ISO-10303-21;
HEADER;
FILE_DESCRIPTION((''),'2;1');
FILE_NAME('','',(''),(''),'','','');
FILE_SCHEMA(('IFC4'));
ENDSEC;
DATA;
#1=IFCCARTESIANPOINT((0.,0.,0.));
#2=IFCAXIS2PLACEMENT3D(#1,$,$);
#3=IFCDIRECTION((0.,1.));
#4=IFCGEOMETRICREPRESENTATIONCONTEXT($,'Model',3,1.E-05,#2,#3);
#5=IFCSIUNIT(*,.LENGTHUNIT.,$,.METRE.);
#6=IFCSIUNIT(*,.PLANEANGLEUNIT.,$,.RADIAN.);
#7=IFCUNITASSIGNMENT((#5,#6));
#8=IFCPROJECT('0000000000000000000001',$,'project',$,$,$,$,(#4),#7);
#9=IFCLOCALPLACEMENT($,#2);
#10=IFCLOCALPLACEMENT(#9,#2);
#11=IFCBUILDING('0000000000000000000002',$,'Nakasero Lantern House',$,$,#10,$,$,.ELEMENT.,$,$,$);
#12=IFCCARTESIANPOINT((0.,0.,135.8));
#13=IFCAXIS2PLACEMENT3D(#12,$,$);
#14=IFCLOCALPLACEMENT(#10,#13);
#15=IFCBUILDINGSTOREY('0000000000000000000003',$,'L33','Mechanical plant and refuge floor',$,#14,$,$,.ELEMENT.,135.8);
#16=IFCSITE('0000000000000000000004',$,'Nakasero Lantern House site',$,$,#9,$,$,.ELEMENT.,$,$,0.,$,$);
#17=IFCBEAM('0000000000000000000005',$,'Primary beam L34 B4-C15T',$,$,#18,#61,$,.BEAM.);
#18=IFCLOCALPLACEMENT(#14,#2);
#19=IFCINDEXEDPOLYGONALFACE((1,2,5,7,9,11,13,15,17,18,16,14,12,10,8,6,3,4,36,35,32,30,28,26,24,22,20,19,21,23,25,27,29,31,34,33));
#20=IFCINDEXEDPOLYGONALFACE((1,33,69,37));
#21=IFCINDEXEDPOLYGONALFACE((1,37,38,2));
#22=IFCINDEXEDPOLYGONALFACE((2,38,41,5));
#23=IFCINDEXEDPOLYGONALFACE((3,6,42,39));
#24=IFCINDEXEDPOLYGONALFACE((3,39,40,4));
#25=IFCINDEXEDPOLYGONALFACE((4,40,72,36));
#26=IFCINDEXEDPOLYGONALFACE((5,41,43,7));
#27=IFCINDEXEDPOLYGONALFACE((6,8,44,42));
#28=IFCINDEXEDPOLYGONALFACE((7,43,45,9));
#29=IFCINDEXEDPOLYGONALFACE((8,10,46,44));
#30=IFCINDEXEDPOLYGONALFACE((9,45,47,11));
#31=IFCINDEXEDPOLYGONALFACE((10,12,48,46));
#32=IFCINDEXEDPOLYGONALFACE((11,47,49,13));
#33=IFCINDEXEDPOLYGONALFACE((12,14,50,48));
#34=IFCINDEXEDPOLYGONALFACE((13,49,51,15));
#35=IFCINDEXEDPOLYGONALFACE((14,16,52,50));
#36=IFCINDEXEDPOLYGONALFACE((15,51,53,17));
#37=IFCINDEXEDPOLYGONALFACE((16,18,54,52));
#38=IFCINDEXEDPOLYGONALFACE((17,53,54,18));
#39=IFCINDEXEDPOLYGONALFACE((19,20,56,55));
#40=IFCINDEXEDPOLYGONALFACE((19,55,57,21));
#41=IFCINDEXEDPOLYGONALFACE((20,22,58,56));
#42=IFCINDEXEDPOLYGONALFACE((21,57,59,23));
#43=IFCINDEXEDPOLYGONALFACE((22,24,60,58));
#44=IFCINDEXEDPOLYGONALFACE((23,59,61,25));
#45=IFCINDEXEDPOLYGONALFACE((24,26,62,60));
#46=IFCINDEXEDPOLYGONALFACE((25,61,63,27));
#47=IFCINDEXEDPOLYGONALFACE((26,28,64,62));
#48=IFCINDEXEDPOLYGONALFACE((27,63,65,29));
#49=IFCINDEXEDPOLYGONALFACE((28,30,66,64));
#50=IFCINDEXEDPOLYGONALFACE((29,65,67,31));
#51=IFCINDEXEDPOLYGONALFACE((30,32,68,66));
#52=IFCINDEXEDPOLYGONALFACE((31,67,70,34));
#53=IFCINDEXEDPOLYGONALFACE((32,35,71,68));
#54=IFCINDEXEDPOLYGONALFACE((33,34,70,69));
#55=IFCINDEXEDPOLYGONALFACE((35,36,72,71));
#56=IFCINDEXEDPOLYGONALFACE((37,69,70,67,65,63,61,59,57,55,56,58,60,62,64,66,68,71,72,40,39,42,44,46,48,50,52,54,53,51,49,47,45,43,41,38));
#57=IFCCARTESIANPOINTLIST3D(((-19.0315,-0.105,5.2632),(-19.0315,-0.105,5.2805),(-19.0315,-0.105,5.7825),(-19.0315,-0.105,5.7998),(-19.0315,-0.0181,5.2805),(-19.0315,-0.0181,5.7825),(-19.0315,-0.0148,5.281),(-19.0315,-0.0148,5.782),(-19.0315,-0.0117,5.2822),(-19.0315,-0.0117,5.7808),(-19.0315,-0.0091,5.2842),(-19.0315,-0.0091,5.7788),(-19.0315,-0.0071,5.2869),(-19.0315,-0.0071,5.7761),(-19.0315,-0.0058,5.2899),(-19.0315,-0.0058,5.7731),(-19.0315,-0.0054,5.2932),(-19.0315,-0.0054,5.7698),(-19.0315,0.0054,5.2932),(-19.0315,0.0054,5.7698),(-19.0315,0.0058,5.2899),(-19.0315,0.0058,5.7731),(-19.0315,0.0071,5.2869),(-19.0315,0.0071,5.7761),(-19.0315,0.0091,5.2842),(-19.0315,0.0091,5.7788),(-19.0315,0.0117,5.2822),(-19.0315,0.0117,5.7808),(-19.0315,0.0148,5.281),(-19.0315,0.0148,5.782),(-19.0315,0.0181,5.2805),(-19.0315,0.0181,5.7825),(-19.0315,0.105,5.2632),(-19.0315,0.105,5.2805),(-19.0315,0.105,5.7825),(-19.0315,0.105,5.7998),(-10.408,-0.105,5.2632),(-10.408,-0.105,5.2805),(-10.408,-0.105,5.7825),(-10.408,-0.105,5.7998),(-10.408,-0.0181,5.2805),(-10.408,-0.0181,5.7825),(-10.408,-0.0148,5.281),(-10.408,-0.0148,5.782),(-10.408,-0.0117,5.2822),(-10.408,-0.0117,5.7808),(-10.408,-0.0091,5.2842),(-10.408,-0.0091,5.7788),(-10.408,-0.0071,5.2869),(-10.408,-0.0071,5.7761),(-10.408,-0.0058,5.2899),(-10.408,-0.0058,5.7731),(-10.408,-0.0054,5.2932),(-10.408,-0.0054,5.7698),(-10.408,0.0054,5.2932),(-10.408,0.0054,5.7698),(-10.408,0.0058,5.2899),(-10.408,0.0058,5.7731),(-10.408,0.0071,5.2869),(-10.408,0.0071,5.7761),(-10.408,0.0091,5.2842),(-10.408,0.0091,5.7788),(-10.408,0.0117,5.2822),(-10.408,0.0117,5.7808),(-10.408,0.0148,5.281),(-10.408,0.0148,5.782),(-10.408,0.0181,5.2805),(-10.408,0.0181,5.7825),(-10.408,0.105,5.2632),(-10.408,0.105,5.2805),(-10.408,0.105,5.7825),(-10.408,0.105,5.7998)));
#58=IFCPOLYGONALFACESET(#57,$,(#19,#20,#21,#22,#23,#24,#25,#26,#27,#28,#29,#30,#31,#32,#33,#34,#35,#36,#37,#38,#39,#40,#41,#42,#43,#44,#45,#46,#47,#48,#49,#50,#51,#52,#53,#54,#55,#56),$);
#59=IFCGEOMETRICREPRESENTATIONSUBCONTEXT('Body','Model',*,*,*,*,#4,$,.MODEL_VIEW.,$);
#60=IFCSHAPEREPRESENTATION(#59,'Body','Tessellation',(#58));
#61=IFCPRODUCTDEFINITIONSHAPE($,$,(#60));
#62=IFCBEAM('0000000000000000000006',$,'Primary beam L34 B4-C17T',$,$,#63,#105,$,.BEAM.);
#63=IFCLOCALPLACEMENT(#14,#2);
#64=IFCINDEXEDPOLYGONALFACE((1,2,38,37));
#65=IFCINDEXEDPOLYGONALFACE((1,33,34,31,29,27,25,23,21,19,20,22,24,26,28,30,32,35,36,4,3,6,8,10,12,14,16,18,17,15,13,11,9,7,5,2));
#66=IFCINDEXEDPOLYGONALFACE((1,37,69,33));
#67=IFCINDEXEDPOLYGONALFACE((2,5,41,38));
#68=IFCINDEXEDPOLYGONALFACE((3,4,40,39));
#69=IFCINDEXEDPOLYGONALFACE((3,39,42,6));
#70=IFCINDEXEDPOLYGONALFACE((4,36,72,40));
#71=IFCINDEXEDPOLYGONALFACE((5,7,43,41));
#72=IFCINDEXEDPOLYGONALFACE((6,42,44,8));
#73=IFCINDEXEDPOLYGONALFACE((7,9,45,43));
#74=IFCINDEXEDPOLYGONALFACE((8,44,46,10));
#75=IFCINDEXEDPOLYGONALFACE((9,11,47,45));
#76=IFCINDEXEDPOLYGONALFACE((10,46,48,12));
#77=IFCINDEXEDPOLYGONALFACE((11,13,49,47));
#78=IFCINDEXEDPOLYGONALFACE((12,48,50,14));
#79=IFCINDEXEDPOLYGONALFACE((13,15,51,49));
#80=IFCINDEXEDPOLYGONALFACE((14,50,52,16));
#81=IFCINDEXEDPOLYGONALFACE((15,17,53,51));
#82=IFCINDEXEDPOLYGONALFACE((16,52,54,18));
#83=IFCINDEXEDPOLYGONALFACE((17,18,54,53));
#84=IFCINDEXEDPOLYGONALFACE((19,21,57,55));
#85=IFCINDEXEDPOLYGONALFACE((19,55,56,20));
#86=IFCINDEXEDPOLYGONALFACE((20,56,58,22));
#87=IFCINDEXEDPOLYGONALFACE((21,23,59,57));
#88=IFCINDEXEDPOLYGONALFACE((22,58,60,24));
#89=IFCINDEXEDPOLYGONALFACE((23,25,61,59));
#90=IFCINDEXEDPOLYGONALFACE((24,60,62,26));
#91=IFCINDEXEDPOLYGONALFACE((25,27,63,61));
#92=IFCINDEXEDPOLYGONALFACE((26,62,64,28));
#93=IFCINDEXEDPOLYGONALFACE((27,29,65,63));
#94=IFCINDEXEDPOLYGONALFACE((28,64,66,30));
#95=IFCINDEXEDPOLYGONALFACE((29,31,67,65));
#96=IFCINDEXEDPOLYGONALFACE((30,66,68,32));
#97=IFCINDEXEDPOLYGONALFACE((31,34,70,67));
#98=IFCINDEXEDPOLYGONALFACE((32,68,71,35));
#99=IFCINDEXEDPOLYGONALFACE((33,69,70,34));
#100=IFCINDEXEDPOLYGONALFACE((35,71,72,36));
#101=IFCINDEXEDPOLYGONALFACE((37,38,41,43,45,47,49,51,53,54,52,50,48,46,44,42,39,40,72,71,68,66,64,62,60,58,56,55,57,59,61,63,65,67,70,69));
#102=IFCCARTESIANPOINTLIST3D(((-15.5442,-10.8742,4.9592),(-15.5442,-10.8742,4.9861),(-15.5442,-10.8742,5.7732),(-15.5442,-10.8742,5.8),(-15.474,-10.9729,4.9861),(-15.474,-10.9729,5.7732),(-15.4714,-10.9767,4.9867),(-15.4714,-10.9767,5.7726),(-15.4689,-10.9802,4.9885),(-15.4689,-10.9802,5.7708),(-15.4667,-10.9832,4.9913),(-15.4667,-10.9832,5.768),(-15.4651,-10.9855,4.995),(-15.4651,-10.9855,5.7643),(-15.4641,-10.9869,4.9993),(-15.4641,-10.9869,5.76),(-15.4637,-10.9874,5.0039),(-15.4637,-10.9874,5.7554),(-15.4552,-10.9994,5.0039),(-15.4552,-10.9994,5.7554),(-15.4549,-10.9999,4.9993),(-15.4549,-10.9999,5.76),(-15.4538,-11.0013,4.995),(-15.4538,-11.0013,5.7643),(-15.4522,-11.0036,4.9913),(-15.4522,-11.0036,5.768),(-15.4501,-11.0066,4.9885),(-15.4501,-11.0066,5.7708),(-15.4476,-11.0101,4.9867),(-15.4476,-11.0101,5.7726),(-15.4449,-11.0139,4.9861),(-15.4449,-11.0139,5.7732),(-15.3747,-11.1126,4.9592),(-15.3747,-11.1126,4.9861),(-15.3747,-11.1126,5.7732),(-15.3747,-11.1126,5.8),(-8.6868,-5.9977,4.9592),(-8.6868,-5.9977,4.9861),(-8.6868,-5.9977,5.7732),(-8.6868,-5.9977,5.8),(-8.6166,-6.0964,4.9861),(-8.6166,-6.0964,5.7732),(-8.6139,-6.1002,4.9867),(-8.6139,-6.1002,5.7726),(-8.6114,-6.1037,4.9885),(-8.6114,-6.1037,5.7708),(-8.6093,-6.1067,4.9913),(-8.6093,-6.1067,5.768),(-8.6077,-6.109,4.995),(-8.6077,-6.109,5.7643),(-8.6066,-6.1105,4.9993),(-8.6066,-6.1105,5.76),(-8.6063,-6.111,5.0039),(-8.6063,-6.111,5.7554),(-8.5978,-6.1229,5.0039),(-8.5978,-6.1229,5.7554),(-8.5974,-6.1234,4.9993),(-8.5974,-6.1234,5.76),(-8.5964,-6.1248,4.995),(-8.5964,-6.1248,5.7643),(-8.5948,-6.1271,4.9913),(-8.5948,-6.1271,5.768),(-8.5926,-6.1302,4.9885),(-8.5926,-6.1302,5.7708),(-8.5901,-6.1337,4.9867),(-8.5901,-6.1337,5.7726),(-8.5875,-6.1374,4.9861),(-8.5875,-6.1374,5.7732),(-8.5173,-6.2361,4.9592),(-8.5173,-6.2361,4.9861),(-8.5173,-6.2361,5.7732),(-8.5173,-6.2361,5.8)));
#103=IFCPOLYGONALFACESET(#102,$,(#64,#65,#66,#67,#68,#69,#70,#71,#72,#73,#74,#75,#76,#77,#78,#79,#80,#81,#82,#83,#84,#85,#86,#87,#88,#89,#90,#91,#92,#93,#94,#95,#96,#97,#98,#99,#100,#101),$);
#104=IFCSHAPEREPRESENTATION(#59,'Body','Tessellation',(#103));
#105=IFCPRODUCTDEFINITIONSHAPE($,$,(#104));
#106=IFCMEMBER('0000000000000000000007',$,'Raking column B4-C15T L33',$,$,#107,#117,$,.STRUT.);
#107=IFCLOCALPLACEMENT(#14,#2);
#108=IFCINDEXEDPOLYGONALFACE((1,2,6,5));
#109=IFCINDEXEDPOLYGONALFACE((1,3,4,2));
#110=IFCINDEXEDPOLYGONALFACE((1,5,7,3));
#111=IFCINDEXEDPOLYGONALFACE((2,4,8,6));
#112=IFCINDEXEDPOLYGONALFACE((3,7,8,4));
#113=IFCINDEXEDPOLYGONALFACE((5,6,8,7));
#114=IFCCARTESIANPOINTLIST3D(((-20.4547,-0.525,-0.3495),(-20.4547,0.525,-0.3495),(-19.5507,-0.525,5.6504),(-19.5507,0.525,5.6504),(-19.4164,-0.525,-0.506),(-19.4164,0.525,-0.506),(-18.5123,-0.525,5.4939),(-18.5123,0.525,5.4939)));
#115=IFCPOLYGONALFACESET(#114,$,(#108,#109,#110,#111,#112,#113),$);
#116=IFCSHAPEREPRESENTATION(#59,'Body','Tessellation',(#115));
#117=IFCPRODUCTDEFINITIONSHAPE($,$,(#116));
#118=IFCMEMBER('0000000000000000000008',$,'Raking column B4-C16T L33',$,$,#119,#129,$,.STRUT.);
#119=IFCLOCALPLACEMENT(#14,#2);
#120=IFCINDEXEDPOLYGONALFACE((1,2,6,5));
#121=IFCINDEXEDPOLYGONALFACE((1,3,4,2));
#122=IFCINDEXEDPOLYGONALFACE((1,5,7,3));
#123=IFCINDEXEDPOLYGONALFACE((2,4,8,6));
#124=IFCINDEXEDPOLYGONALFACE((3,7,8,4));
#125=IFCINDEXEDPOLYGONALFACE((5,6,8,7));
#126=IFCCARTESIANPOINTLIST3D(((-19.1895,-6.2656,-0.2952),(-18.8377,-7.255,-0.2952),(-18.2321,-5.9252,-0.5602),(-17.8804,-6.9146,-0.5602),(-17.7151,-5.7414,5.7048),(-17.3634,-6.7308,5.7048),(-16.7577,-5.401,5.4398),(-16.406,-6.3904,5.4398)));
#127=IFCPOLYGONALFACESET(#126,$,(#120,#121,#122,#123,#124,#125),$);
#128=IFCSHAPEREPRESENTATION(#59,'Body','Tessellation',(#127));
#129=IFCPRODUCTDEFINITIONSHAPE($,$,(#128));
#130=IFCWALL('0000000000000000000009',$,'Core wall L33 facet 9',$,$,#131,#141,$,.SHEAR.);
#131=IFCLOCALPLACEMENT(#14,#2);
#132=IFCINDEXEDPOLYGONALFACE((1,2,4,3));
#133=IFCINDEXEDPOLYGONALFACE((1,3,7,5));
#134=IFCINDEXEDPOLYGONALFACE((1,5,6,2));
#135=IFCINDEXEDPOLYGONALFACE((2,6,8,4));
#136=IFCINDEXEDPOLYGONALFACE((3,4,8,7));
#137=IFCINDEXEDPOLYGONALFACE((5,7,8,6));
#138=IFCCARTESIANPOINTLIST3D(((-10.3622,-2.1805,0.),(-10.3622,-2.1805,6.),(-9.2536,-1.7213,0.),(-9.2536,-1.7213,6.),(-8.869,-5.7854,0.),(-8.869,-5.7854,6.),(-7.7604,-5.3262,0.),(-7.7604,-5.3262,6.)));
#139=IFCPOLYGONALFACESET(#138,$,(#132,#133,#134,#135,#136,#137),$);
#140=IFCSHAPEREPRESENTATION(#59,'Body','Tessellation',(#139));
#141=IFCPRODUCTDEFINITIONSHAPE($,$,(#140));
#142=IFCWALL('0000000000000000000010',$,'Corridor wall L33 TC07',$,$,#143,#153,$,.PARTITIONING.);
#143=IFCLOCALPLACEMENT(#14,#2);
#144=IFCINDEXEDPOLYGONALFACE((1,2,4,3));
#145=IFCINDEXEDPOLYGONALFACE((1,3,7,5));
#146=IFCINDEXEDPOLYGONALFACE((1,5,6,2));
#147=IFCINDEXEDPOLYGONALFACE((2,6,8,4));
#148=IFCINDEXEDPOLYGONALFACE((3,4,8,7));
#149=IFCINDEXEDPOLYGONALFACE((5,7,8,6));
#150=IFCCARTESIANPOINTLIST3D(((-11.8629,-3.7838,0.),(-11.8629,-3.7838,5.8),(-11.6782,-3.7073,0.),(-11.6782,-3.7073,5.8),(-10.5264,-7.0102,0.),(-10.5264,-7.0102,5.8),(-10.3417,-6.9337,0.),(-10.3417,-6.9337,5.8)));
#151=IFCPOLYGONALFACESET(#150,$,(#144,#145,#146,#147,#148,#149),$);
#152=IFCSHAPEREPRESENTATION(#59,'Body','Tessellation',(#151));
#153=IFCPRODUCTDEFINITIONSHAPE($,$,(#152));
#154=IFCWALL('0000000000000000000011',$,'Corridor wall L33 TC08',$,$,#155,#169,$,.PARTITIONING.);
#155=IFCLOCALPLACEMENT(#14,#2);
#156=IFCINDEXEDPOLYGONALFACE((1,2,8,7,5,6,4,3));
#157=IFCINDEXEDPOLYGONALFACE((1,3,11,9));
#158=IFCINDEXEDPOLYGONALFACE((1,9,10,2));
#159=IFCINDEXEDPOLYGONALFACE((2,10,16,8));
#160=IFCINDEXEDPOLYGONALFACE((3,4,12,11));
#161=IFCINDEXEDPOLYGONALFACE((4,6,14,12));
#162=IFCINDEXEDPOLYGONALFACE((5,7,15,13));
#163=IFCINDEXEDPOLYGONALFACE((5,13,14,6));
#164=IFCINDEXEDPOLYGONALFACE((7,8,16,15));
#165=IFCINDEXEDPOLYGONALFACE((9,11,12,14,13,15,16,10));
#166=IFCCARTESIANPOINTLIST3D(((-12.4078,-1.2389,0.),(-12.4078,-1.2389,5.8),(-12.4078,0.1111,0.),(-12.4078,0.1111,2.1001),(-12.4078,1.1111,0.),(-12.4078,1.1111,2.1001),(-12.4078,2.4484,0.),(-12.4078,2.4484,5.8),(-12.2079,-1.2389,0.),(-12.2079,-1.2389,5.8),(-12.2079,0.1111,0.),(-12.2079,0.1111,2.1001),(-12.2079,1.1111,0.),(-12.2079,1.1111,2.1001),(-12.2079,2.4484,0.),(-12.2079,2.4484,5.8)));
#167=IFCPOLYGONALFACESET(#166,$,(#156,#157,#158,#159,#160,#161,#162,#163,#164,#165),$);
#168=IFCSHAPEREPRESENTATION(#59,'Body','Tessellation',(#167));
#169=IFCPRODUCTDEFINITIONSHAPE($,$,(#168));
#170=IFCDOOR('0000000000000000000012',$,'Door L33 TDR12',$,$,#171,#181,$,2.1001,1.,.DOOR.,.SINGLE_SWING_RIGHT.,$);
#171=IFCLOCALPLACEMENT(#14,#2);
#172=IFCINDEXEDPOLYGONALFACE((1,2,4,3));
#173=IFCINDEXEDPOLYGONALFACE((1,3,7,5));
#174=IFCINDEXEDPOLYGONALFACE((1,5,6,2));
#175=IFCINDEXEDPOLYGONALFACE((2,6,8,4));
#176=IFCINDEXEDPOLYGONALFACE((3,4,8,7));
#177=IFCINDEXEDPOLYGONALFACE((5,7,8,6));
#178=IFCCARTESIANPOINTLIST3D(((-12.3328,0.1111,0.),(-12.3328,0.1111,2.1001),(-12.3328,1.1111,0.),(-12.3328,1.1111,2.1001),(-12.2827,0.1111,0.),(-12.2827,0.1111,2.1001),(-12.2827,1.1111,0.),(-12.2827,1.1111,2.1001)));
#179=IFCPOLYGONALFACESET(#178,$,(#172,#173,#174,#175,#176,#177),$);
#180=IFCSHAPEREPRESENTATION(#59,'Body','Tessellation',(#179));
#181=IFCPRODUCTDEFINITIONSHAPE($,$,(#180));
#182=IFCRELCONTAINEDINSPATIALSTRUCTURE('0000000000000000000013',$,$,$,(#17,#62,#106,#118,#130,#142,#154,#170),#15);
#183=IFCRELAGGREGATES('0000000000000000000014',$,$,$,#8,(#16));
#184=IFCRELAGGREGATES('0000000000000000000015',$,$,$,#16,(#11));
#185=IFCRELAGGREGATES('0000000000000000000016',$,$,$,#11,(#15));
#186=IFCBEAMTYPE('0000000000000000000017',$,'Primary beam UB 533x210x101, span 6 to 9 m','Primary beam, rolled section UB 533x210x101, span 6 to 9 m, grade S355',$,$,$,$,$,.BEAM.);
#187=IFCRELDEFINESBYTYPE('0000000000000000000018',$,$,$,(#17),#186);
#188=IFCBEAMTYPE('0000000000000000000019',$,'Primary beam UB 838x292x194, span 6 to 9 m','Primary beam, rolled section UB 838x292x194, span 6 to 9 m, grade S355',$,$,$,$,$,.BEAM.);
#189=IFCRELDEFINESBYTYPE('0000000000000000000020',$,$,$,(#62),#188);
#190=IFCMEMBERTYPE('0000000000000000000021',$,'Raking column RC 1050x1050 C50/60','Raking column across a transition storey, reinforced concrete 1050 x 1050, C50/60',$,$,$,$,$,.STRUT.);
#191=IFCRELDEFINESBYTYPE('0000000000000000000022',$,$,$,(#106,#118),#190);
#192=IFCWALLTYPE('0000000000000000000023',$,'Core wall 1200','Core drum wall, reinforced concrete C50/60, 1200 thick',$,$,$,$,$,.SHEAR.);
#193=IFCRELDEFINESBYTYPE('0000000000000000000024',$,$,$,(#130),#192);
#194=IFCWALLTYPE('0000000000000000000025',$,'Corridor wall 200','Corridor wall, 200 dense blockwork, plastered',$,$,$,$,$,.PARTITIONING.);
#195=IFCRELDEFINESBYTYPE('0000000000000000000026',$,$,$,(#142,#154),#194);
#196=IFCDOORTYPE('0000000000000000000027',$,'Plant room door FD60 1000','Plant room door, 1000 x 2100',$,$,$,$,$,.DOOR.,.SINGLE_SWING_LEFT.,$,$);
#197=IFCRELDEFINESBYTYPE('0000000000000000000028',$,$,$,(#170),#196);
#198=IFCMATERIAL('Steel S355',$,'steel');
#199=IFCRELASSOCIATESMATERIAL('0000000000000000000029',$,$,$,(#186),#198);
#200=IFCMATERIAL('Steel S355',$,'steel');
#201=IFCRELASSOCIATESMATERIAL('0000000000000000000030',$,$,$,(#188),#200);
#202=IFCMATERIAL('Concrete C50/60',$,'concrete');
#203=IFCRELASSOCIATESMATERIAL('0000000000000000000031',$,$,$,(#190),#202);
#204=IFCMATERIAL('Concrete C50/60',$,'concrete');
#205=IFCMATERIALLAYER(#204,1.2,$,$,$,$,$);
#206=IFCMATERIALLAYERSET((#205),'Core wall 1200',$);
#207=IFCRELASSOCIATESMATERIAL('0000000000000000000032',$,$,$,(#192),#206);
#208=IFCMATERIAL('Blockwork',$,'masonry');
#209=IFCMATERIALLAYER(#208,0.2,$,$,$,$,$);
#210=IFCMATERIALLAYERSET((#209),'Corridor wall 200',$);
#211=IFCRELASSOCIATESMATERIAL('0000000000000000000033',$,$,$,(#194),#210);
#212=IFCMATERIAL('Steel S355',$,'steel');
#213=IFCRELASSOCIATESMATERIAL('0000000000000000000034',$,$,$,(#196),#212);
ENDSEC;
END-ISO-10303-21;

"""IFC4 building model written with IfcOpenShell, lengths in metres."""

from ifc_helpers import new_model, si_unit, direction, frame, frame_2d, origin, origin_2d, place, context, subcontext, project, spatial, rectangle, i_section, extrude, material, layer, layer_set, material_profile, profile_set, type_object, element, fill, save


model = new_model("IFC4")

# Units and contexts
model_context = context("Model", 3, precision=1e-05, world=origin(), true_north=direction((0.0, 1.0)))
body_context = subcontext(model_context, "Body", "Model", "MODEL_VIEW")
ifc_project = project(units=[si_unit("LENGTHUNIT", "METRE"), si_unit("PLANEANGLEUNIT", "RADIAN")], contexts=[model_context])

# Site, building, storey
site_placement = place(None, origin())
site = spatial("IfcSite", under=ifc_project, at=site_placement, Name="Nakasero Lantern House site", CompositionType="ELEMENT", RefElevation=0.0)
building_placement = place(site_placement, origin())
building = spatial("IfcBuilding", under=site, at=building_placement, Name="Nakasero Lantern House", CompositionType="ELEMENT")
storey_placement = place(building_placement, frame((0.0, 0.0, 135.8)))
storey = spatial("IfcBuildingStorey", under=building, at=storey_placement, Name="L33", Description="Mechanical plant and refuge floor", CompositionType="ELEMENT", Elevation=135.8)

# Beams
ifc_material_1 = material(Name="Steel S355", Category="steel")
ifc_material_profile_1 = material_profile(ifc_material_1, i_section(OverallWidth=0.21, OverallDepth=0.5366, WebThickness=0.0107, FlangeThickness=0.0173, FilletRadius=0.0127, at=origin_2d()), Name="UB 533x210x101")
ifc_profile_set_1 = profile_set([ifc_material_profile_1], Name="Steel S355")
beam_type_1 = type_object("IfcBeamType", Name="Primary beam UB 533x210x101, span 6 to 9 m", Description="Primary beam, rolled section UB 533x210x101, span 6 to 9 m, grade S355", PredefinedType="BEAM", material=ifc_profile_set_1)
beam_1_placement = place(storey_placement, frame((-19.0315, 0.0, 5.5315), z_axis=(1.0, 0.0, 0.0), x_axis=(0.0, 1.0, 0.0)))
element("IfcBeam", 1, at=beam_1_placement, inside=storey, type_object=beam_type_1, Name="Primary beam L34 B4-C15T", PredefinedType="BEAM", context=body_context, shape_type="SweptSolid", body=[
    extrude(i_section(OverallWidth=0.21, OverallDepth=0.5366, WebThickness=0.0107, FlangeThickness=0.0173, FilletRadius=0.0127, at=origin_2d()), origin(), (0.0, 0.0, 1.0), 8.6235),
])
ifc_material_2 = material(Name="Steel S355", Category="steel")
ifc_material_profile_2 = material_profile(ifc_material_2, i_section(OverallWidth=0.2925, OverallDepth=0.8408, WebThickness=0.0146, FlangeThickness=0.0269, FilletRadius=0.0178, at=origin_2d()), Name="UB 838x292x194")
ifc_profile_set_2 = profile_set([ifc_material_profile_2], Name="Steel S355")
beam_type_2 = type_object("IfcBeamType", Name="Primary beam UB 838x292x194, span 6 to 9 m", Description="Primary beam, rolled section UB 838x292x194, span 6 to 9 m, grade S355", PredefinedType="BEAM", material=ifc_profile_set_2)
beam_2_placement = place(storey_placement, frame((-15.4595, -10.9934, 5.3796), z_axis=(0.814951, 0.57953, 0.0), x_axis=(-0.57953, 0.814951, 0.0)))
element("IfcBeam", 2, at=beam_2_placement, inside=storey, type_object=beam_type_2, Name="Primary beam L34 B4-C17T", PredefinedType="BEAM", context=body_context, shape_type="SweptSolid", body=[
    extrude(i_section(OverallWidth=0.2925, OverallDepth=0.8408, WebThickness=0.0146, FlangeThickness=0.0269, FilletRadius=0.0178, at=origin_2d()), origin(), (0.0, 0.0, 1.0), 8.4146),
])

# Members
ifc_material_3 = material(Name="Concrete C50/60", Category="concrete")
ifc_material_profile_3 = material_profile(ifc_material_3, rectangle(XDim=1.05, YDim=1.05, at=origin_2d()), Name="RC 1050x1050")
ifc_profile_set_3 = profile_set([ifc_material_profile_3], Name="Concrete C50/60")
member_type_1 = type_object("IfcMemberType", Name="Raking column RC 1050x1050 C50/60", Description="Raking column across a transition storey, reinforced concrete 1050 x 1050, C50/60", PredefinedType="STRUT", material=ifc_profile_set_3)
member_1_placement = place(storey_placement, frame((-19.9355, 0.0, -0.4277), z_axis=(0.148994, 0.0, 0.988838), x_axis=(0.0, 1.0, 0.0)))
element("IfcMember", 3, at=member_1_placement, inside=storey, type_object=member_type_1, Name="Raking column B4-C15T L33", PredefinedType="STRUT", context=body_context, shape_type="SweptSolid", body=[
    extrude(rectangle(XDim=1.05, YDim=1.05, at=origin_2d()), origin(), (0.0, 0.0, 1.0), 6.0676),
])
member_2_placement = place(storey_placement, frame((-18.5349, -6.5901, -0.4277), z_axis=(0.237775, 0.084534, 0.967635), x_axis=(-0.334982, 0.942225, 0.0)))
element("IfcMember", 4, at=member_2_placement, inside=storey, type_object=member_type_1, Name="Raking column B4-C16T L33", PredefinedType="STRUT", context=body_context, shape_type="SweptSolid", body=[
    extrude(rectangle(XDim=1.05, YDim=1.05, at=origin_2d()), origin(), (0.0, 0.0, 1.0), 6.2007),
])

# Walls
ifc_material_4 = material(Name="Concrete C50/60", Category="concrete")
ifc_layer_1 = layer(ifc_material_4, 1.2)
ifc_layer_set_1 = layer_set([ifc_layer_1], Name="Core wall 1200")
wall_type_1 = type_object("IfcWallType", Name="Core wall 1200", Description="Core drum wall, reinforced concrete C50/60, 1200 thick", PredefinedType="SHEAR", material=ifc_layer_set_1)
wall_1_placement = place(storey_placement, frame((-9.8079, -1.9509, 0.0), z_axis=(0.0, 0.0, 1.0), x_axis=(0.382691, -0.923877, 0.0)))
element("IfcWall", 5, at=wall_1_placement, inside=storey, type_object=wall_type_1, Name="Core wall L33 facet 9", PredefinedType="SHEAR", context=body_context, shape_type="SweptSolid", body=[
    extrude(rectangle(XDim=3.9019, YDim=1.2, at=frame_2d((1.9509, 0.0))), origin(), (0.0, 0.0, 1.0), 6.0),
])
ifc_material_5 = material(Name="Blockwork", Category="masonry")
ifc_layer_2 = layer(ifc_material_5, 0.2)
ifc_layer_set_2 = layer_set([ifc_layer_2], Name="Corridor wall 200")
wall_type_2 = type_object("IfcWallType", Name="Corridor wall 200", Description="Corridor wall, 200 dense blockwork, plastered", PredefinedType="PARTITIONING", material=ifc_layer_set_2)
wall_2_placement = place(storey_placement, frame((-10.4341, -6.9719, 0.0), z_axis=(0.0, 0.0, 1.0), x_axis=(-0.382693, 0.923875, 0.0)))
element("IfcWall", 6, at=wall_2_placement, inside=storey, type_object=wall_type_2, Name="Corridor wall L33 TC07", PredefinedType="PARTITIONING", context=body_context, shape_type="SweptSolid", body=[
    extrude(rectangle(XDim=3.4922, YDim=0.2, at=frame_2d((1.7461, 0.0))), origin(), (0.0, 0.0, 1.0), 5.8),
])

# Wall, opening, door
wall_3_placement = place(storey_placement, frame((-12.3079, -1.239, 0.0), z_axis=(0.0, 0.0, 1.0), x_axis=(0.0, 1.0, 0.0)))
wall_3 = element("IfcWall", 7, at=wall_3_placement, inside=storey, type_object=wall_type_2, Name="Corridor wall L33 TC08", PredefinedType="PARTITIONING", context=body_context, shape_type="SweptSolid", body=[
    extrude(rectangle(XDim=3.6873, YDim=0.2, at=frame_2d((1.8438, 0.0))), origin(), (0.0, 0.0, 1.0), 5.8),
])
opening_placement = place(wall_3_placement, frame((1.3501, 0.0, 0.0)))
opening = element("IfcOpeningElement", 8, at=opening_placement, cuts=wall_3, PredefinedType="OPENING", context=body_context, shape_type="SweptSolid", body=[
    extrude(rectangle(XDim=1.0, YDim=2.1001, at=frame_2d((0.5, 1.05))), frame((0.0, 0.1199, 0.0), z_axis=(0.0, -1.0, 0.0), x_axis=(1.0, 0.0, 0.0)), (0.0, 0.0, 1.0), 0.24),
])
ifc_material_6 = material(Name="Steel S355", Category="steel")
door_type = type_object("IfcDoorType", Name="Plant room door FD60 1000", Description="Plant room door, 1000 x 2100", OperationType="SINGLE_SWING_LEFT", PredefinedType="DOOR", material=ifc_material_6)
door_placement = place(opening_placement, origin())
door = element("IfcDoor", 9, at=door_placement, inside=storey, type_object=door_type, Name="Door L33 TDR12", OperationType="SINGLE_SWING_RIGHT", OverallHeight=2.1001, OverallWidth=1.0, PredefinedType="DOOR", context=body_context, shape_type="SweptSolid", body=[
    extrude(rectangle(XDim=1.0, YDim=2.1001, at=frame_2d((0.5, 1.05))), frame((0.0, 0.0249, 0.0), z_axis=(0.0, -1.0, 0.0), x_axis=(1.0, 0.0, 0.0)), (0.0, 0.0, 1.0), 0.05),
])
fill(opening, door)

save(model, "model.ifc")
